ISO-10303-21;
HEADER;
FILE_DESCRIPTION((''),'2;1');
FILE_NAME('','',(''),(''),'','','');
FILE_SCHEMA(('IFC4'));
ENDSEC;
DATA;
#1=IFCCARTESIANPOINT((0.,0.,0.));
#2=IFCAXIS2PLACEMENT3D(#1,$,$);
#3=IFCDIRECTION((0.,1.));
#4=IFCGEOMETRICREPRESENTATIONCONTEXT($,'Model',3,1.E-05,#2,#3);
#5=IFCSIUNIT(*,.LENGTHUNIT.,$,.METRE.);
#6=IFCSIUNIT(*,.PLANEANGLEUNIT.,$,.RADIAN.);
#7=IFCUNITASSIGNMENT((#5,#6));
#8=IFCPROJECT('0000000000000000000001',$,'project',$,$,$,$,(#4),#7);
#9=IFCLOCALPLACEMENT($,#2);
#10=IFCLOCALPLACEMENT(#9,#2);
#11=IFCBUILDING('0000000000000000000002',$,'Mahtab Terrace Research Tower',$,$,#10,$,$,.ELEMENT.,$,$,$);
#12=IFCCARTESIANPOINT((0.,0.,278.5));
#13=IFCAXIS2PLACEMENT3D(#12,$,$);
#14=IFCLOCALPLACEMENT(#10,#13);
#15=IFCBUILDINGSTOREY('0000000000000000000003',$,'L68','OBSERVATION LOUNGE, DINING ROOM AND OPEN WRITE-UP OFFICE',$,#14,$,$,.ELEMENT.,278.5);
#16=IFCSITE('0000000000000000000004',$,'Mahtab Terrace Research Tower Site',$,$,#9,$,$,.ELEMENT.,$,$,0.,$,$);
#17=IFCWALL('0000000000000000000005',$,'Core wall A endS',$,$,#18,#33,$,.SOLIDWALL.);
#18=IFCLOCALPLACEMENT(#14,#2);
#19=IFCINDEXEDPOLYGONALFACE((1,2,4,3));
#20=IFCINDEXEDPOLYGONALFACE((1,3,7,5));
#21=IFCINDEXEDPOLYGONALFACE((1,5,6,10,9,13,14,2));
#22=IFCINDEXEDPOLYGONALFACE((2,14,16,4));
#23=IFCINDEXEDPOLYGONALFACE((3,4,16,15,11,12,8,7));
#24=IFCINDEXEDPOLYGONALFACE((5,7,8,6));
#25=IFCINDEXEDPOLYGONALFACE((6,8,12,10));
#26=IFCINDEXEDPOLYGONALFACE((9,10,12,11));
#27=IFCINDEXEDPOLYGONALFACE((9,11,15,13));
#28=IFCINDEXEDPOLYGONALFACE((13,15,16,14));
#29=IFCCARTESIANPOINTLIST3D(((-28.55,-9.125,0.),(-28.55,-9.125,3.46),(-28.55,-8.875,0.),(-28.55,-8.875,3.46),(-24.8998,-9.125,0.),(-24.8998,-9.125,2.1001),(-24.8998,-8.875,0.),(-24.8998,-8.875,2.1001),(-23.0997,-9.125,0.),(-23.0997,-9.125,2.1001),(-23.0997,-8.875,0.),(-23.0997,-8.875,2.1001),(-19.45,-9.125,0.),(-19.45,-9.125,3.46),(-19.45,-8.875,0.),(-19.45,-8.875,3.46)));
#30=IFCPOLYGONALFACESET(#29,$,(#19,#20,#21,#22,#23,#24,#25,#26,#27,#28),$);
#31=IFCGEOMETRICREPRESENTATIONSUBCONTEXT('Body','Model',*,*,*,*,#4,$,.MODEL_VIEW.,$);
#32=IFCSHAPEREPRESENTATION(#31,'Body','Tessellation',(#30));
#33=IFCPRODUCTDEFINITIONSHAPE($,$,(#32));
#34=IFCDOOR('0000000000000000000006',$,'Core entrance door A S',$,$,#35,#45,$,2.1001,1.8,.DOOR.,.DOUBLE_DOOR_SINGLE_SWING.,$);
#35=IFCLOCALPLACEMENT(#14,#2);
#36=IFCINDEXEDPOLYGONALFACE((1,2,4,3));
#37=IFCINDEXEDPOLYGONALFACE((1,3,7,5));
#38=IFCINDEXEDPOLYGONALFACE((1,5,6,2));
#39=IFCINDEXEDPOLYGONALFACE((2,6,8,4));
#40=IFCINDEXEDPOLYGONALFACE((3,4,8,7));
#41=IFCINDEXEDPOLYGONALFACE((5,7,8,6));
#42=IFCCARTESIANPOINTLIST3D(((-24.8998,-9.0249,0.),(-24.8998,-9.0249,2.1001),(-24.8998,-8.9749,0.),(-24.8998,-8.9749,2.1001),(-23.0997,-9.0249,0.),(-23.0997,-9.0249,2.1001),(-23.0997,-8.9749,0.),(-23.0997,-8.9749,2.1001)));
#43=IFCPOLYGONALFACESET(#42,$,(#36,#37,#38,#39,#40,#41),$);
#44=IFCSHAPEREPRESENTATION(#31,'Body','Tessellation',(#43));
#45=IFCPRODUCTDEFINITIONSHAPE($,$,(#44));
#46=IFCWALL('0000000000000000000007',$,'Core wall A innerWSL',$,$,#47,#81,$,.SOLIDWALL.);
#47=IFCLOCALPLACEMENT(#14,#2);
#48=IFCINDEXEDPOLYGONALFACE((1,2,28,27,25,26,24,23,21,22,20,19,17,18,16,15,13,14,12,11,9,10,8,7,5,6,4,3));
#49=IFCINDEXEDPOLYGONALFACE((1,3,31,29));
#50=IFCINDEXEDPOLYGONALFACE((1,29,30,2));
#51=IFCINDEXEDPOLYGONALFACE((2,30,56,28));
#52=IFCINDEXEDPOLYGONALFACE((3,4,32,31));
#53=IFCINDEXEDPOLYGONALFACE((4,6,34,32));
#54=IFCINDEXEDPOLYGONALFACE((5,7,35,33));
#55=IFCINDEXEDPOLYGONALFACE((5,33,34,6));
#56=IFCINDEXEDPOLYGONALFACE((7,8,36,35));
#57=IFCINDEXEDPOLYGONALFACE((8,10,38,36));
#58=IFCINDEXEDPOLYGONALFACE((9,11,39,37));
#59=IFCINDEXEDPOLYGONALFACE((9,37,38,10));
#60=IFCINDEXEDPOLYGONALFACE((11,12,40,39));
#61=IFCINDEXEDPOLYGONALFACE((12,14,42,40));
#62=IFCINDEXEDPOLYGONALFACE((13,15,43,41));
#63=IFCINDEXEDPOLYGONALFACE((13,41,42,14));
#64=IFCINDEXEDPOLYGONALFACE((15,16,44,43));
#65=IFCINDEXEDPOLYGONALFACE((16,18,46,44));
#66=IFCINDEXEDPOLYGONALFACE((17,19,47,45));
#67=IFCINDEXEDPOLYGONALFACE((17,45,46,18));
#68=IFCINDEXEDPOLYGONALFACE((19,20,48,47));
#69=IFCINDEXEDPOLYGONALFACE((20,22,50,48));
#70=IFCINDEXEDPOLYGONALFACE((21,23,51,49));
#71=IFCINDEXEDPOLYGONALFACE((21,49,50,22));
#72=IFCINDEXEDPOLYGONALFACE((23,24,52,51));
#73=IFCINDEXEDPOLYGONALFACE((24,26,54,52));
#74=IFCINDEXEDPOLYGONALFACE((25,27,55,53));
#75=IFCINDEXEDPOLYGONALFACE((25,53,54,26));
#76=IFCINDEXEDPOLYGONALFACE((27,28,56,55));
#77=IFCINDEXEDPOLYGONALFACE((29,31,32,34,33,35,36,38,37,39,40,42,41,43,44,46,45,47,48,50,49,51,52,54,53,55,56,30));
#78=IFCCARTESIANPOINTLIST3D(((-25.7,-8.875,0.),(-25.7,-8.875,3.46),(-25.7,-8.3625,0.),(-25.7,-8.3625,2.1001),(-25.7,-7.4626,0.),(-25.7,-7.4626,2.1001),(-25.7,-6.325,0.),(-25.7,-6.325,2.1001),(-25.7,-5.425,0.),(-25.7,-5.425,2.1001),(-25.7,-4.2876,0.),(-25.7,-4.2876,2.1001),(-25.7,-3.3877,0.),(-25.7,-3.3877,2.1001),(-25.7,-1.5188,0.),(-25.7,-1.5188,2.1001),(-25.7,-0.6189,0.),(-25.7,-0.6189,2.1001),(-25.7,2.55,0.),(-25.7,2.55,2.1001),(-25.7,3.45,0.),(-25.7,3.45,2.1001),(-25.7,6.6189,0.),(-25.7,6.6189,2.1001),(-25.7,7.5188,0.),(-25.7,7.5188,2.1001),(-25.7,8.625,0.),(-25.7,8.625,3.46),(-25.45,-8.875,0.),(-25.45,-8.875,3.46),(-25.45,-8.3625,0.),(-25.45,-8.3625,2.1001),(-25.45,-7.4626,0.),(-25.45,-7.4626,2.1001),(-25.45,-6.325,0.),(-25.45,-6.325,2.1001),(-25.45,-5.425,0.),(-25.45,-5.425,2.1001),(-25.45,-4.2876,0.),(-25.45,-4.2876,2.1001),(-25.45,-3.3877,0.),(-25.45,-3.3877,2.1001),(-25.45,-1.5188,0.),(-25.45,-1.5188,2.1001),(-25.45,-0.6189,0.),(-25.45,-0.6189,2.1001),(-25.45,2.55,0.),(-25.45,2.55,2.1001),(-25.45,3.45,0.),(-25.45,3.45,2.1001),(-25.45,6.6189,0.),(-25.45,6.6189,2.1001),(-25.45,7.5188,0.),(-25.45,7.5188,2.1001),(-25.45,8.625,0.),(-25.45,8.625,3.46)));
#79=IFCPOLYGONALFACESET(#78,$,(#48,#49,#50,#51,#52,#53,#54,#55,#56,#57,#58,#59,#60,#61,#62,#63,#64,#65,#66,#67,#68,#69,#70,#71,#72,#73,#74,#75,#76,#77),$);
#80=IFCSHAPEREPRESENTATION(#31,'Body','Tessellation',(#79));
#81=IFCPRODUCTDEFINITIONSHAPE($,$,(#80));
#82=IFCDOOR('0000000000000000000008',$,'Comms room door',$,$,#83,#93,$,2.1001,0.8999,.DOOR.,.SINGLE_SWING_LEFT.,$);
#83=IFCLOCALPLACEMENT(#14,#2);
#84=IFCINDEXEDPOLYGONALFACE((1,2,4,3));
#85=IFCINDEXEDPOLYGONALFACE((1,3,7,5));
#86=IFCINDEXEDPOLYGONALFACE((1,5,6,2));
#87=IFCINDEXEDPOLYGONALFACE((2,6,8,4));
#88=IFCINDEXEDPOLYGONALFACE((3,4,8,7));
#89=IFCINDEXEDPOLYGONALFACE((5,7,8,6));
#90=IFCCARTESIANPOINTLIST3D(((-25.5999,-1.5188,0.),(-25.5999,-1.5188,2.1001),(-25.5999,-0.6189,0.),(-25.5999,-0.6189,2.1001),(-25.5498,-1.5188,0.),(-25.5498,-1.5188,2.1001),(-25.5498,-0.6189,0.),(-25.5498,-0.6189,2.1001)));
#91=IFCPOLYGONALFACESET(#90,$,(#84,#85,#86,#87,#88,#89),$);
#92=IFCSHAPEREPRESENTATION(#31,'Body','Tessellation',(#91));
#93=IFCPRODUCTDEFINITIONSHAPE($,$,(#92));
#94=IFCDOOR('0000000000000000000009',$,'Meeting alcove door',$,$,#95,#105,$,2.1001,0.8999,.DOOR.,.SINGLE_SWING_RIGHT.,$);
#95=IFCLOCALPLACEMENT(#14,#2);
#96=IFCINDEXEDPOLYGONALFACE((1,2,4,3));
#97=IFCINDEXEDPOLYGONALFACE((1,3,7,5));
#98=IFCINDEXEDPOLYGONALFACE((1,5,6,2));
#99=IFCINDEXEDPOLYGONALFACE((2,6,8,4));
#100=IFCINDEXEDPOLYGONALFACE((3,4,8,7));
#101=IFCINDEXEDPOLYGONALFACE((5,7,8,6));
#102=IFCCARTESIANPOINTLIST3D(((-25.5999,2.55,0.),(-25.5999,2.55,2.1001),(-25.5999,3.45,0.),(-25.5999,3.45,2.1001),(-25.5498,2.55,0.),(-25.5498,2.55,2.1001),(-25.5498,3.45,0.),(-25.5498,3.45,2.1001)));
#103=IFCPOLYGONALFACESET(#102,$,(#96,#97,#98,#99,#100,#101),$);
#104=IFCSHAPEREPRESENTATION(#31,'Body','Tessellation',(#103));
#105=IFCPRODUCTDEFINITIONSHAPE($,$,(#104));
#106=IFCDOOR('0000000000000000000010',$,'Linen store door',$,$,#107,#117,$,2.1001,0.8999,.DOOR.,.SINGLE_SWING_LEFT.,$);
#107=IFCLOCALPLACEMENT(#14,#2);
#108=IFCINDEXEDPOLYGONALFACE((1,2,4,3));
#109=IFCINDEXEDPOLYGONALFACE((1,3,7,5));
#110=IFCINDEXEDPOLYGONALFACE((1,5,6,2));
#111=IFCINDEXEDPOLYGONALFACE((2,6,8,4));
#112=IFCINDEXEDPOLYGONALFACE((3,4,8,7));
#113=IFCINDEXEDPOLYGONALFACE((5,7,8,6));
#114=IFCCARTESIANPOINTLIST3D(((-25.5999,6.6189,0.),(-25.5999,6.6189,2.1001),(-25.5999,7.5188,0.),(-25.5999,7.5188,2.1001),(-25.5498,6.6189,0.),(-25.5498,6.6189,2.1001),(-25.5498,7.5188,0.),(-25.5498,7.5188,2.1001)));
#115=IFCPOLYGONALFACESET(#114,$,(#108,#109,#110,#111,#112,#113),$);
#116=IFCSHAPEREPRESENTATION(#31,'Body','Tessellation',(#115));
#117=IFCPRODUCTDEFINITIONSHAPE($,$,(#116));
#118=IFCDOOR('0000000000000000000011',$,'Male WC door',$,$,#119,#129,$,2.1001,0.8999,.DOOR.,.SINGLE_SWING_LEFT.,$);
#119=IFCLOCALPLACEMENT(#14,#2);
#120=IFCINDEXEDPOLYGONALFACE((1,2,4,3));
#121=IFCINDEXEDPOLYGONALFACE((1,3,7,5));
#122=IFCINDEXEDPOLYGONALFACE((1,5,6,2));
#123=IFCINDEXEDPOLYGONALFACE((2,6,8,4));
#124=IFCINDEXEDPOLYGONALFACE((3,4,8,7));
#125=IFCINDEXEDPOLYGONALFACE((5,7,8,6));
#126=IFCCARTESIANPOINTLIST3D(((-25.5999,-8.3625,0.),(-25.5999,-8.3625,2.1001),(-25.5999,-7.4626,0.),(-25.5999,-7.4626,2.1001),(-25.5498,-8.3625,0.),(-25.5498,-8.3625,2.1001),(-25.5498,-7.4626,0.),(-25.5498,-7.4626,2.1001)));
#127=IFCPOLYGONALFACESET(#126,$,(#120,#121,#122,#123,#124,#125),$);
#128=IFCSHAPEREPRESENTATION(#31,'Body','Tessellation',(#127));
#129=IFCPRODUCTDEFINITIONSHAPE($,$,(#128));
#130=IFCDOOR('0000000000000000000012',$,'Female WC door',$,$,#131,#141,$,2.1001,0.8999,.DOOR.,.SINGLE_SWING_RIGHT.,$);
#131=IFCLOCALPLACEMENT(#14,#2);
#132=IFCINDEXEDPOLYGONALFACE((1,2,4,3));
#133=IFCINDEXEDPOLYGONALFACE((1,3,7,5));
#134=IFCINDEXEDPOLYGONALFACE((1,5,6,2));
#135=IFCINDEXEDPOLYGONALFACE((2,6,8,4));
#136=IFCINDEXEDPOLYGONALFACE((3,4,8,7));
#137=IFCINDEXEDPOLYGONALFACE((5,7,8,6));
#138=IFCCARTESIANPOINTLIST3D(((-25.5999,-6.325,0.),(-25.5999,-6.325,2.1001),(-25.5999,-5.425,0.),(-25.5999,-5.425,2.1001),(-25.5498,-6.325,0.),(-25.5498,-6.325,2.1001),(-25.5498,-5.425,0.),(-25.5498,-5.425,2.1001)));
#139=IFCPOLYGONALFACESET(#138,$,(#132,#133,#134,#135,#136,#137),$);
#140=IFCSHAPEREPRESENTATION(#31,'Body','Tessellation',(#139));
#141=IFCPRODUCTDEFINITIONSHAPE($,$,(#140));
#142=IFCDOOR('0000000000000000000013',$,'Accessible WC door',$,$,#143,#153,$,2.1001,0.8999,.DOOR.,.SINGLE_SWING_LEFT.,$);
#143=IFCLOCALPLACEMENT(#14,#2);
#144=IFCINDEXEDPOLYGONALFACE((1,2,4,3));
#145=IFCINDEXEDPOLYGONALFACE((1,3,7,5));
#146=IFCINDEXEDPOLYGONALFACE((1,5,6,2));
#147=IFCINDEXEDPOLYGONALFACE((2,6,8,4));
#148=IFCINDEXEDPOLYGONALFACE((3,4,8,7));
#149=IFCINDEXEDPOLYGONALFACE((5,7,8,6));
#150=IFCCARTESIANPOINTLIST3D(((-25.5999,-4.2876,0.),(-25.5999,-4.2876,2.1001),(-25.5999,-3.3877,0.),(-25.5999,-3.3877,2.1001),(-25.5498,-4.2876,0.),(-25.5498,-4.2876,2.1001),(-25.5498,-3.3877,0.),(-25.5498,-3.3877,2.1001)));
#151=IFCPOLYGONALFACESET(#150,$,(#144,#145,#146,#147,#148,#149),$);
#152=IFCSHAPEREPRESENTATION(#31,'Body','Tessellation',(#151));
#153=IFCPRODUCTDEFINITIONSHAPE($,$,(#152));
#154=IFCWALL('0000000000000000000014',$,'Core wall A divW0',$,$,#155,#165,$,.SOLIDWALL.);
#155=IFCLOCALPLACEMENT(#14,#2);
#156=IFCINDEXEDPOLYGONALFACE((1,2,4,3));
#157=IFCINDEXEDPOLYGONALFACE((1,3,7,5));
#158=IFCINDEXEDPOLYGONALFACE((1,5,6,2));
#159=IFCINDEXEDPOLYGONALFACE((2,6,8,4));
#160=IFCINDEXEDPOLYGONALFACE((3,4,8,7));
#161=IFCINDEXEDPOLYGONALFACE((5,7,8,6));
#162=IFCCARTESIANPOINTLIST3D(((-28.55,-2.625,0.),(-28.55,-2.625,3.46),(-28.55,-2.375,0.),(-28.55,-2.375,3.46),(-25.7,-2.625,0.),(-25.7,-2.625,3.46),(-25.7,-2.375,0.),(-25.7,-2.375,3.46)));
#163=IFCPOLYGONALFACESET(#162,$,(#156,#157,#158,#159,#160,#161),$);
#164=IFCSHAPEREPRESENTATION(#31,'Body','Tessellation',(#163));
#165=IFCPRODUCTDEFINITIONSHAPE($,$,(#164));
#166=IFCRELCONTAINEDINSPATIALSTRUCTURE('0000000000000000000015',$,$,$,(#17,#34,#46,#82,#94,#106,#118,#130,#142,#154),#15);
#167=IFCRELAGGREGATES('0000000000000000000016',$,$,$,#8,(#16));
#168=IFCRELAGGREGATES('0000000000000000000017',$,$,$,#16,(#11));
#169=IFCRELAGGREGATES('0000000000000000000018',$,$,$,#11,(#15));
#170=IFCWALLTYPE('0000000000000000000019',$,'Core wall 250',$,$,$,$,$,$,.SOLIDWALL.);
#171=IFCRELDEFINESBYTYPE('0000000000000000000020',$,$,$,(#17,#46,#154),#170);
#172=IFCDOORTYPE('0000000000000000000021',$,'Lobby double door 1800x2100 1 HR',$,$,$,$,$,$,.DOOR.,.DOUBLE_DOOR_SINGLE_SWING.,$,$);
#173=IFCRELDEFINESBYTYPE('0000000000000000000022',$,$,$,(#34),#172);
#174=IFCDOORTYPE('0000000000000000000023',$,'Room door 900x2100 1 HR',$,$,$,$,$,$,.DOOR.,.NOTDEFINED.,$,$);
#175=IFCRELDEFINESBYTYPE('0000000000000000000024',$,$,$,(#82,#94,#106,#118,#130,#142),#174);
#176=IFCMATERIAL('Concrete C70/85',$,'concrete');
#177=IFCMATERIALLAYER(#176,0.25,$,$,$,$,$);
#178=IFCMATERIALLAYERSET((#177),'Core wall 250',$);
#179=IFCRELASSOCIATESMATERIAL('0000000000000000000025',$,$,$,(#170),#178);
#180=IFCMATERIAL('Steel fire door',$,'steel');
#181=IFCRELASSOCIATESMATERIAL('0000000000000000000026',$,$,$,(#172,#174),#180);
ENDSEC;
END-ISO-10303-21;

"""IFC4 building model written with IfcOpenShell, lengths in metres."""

from ifc_helpers import new_model, si_unit, direction, frame, frame_2d, origin, place, context, subcontext, project, spatial, rectangle, extrude, material, layer, layer_set, type_object, element, fill, save


model = new_model("IFC4")

# Units and contexts
model_context = context("Model", 3, precision=1e-05, world=origin(), true_north=direction((0.0, 1.0)))
body_context = subcontext(model_context, "Body", "Model", "MODEL_VIEW")
ifc_project = project(units=[si_unit("LENGTHUNIT", "METRE"), si_unit("PLANEANGLEUNIT", "RADIAN")], contexts=[model_context])

# Site, building, storey
site_placement = place(None, origin())
site = spatial("IfcSite", under=ifc_project, at=site_placement, Name="Mahtab Terrace Research Tower Site", CompositionType="ELEMENT", RefElevation=0.0)
building_placement = place(site_placement, origin())
building = spatial("IfcBuilding", under=site, at=building_placement, Name="Mahtab Terrace Research Tower", CompositionType="ELEMENT")
storey_placement = place(building_placement, frame((0.0, 0.0, 278.5)))
storey = spatial("IfcBuildingStorey", under=building, at=storey_placement, Name="L68", Description="OBSERVATION LOUNGE, DINING ROOM AND OPEN WRITE-UP OFFICE", CompositionType="ELEMENT", Elevation=278.5)

# Shared definitions
ifc_material_1 = material(Name="Concrete C70/85", Category="concrete")

# Shared definitions
ifc_layer_1 = layer(ifc_material_1, 0.25)
ifc_layer_set_1 = layer_set([ifc_layer_1], Name="Core wall 250")
wall_type_1 = type_object("IfcWallType", Name="Core wall 250", PredefinedType="SOLIDWALL", material=ifc_layer_set_1)

# Wall, opening, door
wall_1_placement = place(storey_placement, frame((-19.45, -9.0, 0.0), z_axis=(0.0, 0.0, 1.0), x_axis=(-1.0, 0.0, 0.0)))
wall_1 = element("IfcWall", 1, at=wall_1_placement, inside=storey, type_object=wall_type_1, Name="Core wall A endS", PredefinedType="SOLIDWALL", context=body_context, shape_type="SweptSolid", body=[
    extrude(rectangle(XDim=9.1001, YDim=0.25, at=frame_2d((4.55, 0.0))), origin(), (0.0, 0.0, 1.0), 3.46),
])
opening_1_placement = place(wall_1_placement, frame((3.6499, 0.0, 0.0)))
opening_1 = element("IfcOpeningElement", 2, at=opening_1_placement, cuts=wall_1, PredefinedType="OPENING", context=body_context, shape_type="SweptSolid", body=[
    extrude(rectangle(XDim=1.8, YDim=2.1001, at=frame_2d((0.8999, 1.05))), frame((0.0, 0.135, 0.0), z_axis=(0.0, -1.0, 0.0), x_axis=(1.0, 0.0, 0.0)), (0.0, 0.0, 1.0), 0.27),
])
ifc_material_2 = material(Name="Steel fire door", Category="steel")
door_type_1 = type_object("IfcDoorType", Name="Lobby double door 1800x2100 1 HR", OperationType="DOUBLE_DOOR_SINGLE_SWING", PredefinedType="DOOR", material=ifc_material_2)
door_1_placement = place(opening_1_placement, origin())
door_1 = element("IfcDoor", 3, at=door_1_placement, inside=storey, type_object=door_type_1, Name="Core entrance door A S", OperationType="DOUBLE_DOOR_SINGLE_SWING", OverallHeight=2.1001, OverallWidth=1.8, PredefinedType="DOOR", context=body_context, shape_type="SweptSolid", body=[
    extrude(rectangle(XDim=1.8, YDim=2.1001, at=frame_2d((0.8999, 1.05))), frame((0.0, 0.0249, 0.0), z_axis=(0.0, -1.0, 0.0), x_axis=(1.0, 0.0, 0.0)), (0.0, 0.0, 1.0), 0.05),
])
fill(opening_1, door_1)

# Wall, openings, doors
wall_2_placement = place(storey_placement, frame((-25.575, -8.875, 0.0), z_axis=(0.0, 0.0, 1.0), x_axis=(0.0, 1.0, 0.0)))
wall_2 = element("IfcWall", 4, at=wall_2_placement, inside=storey, type_object=wall_type_1, Name="Core wall A innerWSL", PredefinedType="SOLIDWALL", context=body_context, shape_type="SweptSolid", body=[
    extrude(rectangle(XDim=17.5, YDim=0.25, at=frame_2d((8.75, 0.0))), origin(), (0.0, 0.0, 1.0), 3.46),
])
opening_2_placement = place(wall_2_placement, frame((7.3562, 0.0, 0.0)))
opening_2 = element("IfcOpeningElement", 5, at=opening_2_placement, cuts=wall_2, PredefinedType="OPENING", context=body_context, shape_type="SweptSolid", body=[
    extrude(rectangle(XDim=0.8999, YDim=2.1001, at=frame_2d((0.45, 1.05))), frame((0.0, 0.135, 0.0), z_axis=(0.0, -1.0, 0.0), x_axis=(1.0, 0.0, 0.0)), (0.0, 0.0, 1.0), 0.27),
])
opening_3_placement = place(wall_2_placement, frame((11.425, 0.0, 0.0)))
opening_3 = element("IfcOpeningElement", 6, at=opening_3_placement, cuts=wall_2, PredefinedType="OPENING", context=body_context, shape_type="SweptSolid", body=[
    extrude(rectangle(XDim=0.8999, YDim=2.1001, at=frame_2d((0.45, 1.05))), frame((0.0, 0.135, 0.0), z_axis=(0.0, -1.0, 0.0), x_axis=(1.0, 0.0, 0.0)), (0.0, 0.0, 1.0), 0.27),
])
opening_4_placement = place(wall_2_placement, frame((15.4939, 0.0, 0.0)))
opening_4 = element("IfcOpeningElement", 7, at=opening_4_placement, cuts=wall_2, PredefinedType="OPENING", context=body_context, shape_type="SweptSolid", body=[
    extrude(rectangle(XDim=0.8999, YDim=2.1001, at=frame_2d((0.45, 1.05))), frame((0.0, 0.135, 0.0), z_axis=(0.0, -1.0, 0.0), x_axis=(1.0, 0.0, 0.0)), (0.0, 0.0, 1.0), 0.27),
])
opening_5_placement = place(wall_2_placement, frame((0.5125, 0.0, 0.0)))
opening_5 = element("IfcOpeningElement", 8, at=opening_5_placement, cuts=wall_2, PredefinedType="OPENING", context=body_context, shape_type="SweptSolid", body=[
    extrude(rectangle(XDim=0.8999, YDim=2.1001, at=frame_2d((0.45, 1.05))), frame((0.0, 0.135, 0.0), z_axis=(0.0, -1.0, 0.0), x_axis=(1.0, 0.0, 0.0)), (0.0, 0.0, 1.0), 0.27),
])
opening_6_placement = place(wall_2_placement, frame((2.55, 0.0, 0.0)))
opening_6 = element("IfcOpeningElement", 9, at=opening_6_placement, cuts=wall_2, PredefinedType="OPENING", context=body_context, shape_type="SweptSolid", body=[
    extrude(rectangle(XDim=0.8999, YDim=2.1001, at=frame_2d((0.45, 1.05))), frame((0.0, 0.135, 0.0), z_axis=(0.0, -1.0, 0.0), x_axis=(1.0, 0.0, 0.0)), (0.0, 0.0, 1.0), 0.27),
])
opening_7_placement = place(wall_2_placement, frame((4.5874, 0.0, 0.0)))
opening_7 = element("IfcOpeningElement", 10, at=opening_7_placement, cuts=wall_2, PredefinedType="OPENING", context=body_context, shape_type="SweptSolid", body=[
    extrude(rectangle(XDim=0.8999, YDim=2.1001, at=frame_2d((0.45, 1.05))), frame((0.0, 0.135, 0.0), z_axis=(0.0, -1.0, 0.0), x_axis=(1.0, 0.0, 0.0)), (0.0, 0.0, 1.0), 0.27),
])
door_type_2 = type_object("IfcDoorType", Name="Room door 900x2100 1 HR", OperationType="NOTDEFINED", PredefinedType="DOOR", material=ifc_material_2)
door_2_placement = place(opening_2_placement, origin())
door_2 = element("IfcDoor", 11, at=door_2_placement, inside=storey, type_object=door_type_2, Name="Comms room door", OperationType="SINGLE_SWING_LEFT", OverallHeight=2.1001, OverallWidth=0.8999, PredefinedType="DOOR", context=body_context, shape_type="SweptSolid", body=[
    extrude(rectangle(XDim=0.8999, YDim=2.1001, at=frame_2d((0.45, 1.05))), frame((0.0, 0.0249, 0.0), z_axis=(0.0, -1.0, 0.0), x_axis=(1.0, 0.0, 0.0)), (0.0, 0.0, 1.0), 0.05),
])
fill(opening_2, door_2)
door_3_placement = place(opening_3_placement, origin())
door_3 = element("IfcDoor", 12, at=door_3_placement, inside=storey, type_object=door_type_2, Name="Meeting alcove door", OperationType="SINGLE_SWING_RIGHT", OverallHeight=2.1001, OverallWidth=0.8999, PredefinedType="DOOR", context=body_context, shape_type="SweptSolid", body=[
    extrude(rectangle(XDim=0.8999, YDim=2.1001, at=frame_2d((0.45, 1.05))), frame((0.0, 0.0249, 0.0), z_axis=(0.0, -1.0, 0.0), x_axis=(1.0, 0.0, 0.0)), (0.0, 0.0, 1.0), 0.05),
])
fill(opening_3, door_3)
door_4_placement = place(opening_4_placement, origin())
door_4 = element("IfcDoor", 13, at=door_4_placement, inside=storey, type_object=door_type_2, Name="Linen store door", OperationType="SINGLE_SWING_LEFT", OverallHeight=2.1001, OverallWidth=0.8999, PredefinedType="DOOR", context=body_context, shape_type="SweptSolid", body=[
    extrude(rectangle(XDim=0.8999, YDim=2.1001, at=frame_2d((0.45, 1.05))), frame((0.0, 0.0249, 0.0), z_axis=(0.0, -1.0, 0.0), x_axis=(1.0, 0.0, 0.0)), (0.0, 0.0, 1.0), 0.05),
])
fill(opening_4, door_4)
door_5_placement = place(opening_5_placement, origin())
door_5 = element("IfcDoor", 14, at=door_5_placement, inside=storey, type_object=door_type_2, Name="Male WC door", OperationType="SINGLE_SWING_LEFT", OverallHeight=2.1001, OverallWidth=0.8999, PredefinedType="DOOR", context=body_context, shape_type="SweptSolid", body=[
    extrude(rectangle(XDim=0.8999, YDim=2.1001, at=frame_2d((0.45, 1.05))), frame((0.0, 0.0249, 0.0), z_axis=(0.0, -1.0, 0.0), x_axis=(1.0, 0.0, 0.0)), (0.0, 0.0, 1.0), 0.05),
])
fill(opening_5, door_5)
door_6_placement = place(opening_6_placement, origin())
door_6 = element("IfcDoor", 15, at=door_6_placement, inside=storey, type_object=door_type_2, Name="Female WC door", OperationType="SINGLE_SWING_RIGHT", OverallHeight=2.1001, OverallWidth=0.8999, PredefinedType="DOOR", context=body_context, shape_type="SweptSolid", body=[
    extrude(rectangle(XDim=0.8999, YDim=2.1001, at=frame_2d((0.45, 1.05))), frame((0.0, 0.0249, 0.0), z_axis=(0.0, -1.0, 0.0), x_axis=(1.0, 0.0, 0.0)), (0.0, 0.0, 1.0), 0.05),
])
fill(opening_6, door_6)
door_7_placement = place(opening_7_placement, origin())
door_7 = element("IfcDoor", 16, at=door_7_placement, inside=storey, type_object=door_type_2, Name="Accessible WC door", OperationType="SINGLE_SWING_LEFT", OverallHeight=2.1001, OverallWidth=0.8999, PredefinedType="DOOR", context=body_context, shape_type="SweptSolid", body=[
    extrude(rectangle(XDim=0.8999, YDim=2.1001, at=frame_2d((0.45, 1.05))), frame((0.0, 0.0249, 0.0), z_axis=(0.0, -1.0, 0.0), x_axis=(1.0, 0.0, 0.0)), (0.0, 0.0, 1.0), 0.05),
])
fill(opening_7, door_7)

# Wall
for number, where, z_axis, x_axis, name in (
    (17, (-28.55, -2.5, 0.0), (0.0, 0.0, 1.0), (1.0, 0.0, 0.0), "Core wall A divW0"),
):
    element("IfcWall", number, at=place(storey_placement, frame(where, z_axis=z_axis, x_axis=x_axis)), inside=storey, type_object=wall_type_1, Name=name, PredefinedType="SOLIDWALL", context=body_context, shape_type="SweptSolid", body=[
        extrude(rectangle(XDim=2.8501, YDim=0.25, at=frame_2d((1.425, 0.0))), origin(), (0.0, 0.0, 1.0), 3.46),
    ])

save(model, "model.ifc")
